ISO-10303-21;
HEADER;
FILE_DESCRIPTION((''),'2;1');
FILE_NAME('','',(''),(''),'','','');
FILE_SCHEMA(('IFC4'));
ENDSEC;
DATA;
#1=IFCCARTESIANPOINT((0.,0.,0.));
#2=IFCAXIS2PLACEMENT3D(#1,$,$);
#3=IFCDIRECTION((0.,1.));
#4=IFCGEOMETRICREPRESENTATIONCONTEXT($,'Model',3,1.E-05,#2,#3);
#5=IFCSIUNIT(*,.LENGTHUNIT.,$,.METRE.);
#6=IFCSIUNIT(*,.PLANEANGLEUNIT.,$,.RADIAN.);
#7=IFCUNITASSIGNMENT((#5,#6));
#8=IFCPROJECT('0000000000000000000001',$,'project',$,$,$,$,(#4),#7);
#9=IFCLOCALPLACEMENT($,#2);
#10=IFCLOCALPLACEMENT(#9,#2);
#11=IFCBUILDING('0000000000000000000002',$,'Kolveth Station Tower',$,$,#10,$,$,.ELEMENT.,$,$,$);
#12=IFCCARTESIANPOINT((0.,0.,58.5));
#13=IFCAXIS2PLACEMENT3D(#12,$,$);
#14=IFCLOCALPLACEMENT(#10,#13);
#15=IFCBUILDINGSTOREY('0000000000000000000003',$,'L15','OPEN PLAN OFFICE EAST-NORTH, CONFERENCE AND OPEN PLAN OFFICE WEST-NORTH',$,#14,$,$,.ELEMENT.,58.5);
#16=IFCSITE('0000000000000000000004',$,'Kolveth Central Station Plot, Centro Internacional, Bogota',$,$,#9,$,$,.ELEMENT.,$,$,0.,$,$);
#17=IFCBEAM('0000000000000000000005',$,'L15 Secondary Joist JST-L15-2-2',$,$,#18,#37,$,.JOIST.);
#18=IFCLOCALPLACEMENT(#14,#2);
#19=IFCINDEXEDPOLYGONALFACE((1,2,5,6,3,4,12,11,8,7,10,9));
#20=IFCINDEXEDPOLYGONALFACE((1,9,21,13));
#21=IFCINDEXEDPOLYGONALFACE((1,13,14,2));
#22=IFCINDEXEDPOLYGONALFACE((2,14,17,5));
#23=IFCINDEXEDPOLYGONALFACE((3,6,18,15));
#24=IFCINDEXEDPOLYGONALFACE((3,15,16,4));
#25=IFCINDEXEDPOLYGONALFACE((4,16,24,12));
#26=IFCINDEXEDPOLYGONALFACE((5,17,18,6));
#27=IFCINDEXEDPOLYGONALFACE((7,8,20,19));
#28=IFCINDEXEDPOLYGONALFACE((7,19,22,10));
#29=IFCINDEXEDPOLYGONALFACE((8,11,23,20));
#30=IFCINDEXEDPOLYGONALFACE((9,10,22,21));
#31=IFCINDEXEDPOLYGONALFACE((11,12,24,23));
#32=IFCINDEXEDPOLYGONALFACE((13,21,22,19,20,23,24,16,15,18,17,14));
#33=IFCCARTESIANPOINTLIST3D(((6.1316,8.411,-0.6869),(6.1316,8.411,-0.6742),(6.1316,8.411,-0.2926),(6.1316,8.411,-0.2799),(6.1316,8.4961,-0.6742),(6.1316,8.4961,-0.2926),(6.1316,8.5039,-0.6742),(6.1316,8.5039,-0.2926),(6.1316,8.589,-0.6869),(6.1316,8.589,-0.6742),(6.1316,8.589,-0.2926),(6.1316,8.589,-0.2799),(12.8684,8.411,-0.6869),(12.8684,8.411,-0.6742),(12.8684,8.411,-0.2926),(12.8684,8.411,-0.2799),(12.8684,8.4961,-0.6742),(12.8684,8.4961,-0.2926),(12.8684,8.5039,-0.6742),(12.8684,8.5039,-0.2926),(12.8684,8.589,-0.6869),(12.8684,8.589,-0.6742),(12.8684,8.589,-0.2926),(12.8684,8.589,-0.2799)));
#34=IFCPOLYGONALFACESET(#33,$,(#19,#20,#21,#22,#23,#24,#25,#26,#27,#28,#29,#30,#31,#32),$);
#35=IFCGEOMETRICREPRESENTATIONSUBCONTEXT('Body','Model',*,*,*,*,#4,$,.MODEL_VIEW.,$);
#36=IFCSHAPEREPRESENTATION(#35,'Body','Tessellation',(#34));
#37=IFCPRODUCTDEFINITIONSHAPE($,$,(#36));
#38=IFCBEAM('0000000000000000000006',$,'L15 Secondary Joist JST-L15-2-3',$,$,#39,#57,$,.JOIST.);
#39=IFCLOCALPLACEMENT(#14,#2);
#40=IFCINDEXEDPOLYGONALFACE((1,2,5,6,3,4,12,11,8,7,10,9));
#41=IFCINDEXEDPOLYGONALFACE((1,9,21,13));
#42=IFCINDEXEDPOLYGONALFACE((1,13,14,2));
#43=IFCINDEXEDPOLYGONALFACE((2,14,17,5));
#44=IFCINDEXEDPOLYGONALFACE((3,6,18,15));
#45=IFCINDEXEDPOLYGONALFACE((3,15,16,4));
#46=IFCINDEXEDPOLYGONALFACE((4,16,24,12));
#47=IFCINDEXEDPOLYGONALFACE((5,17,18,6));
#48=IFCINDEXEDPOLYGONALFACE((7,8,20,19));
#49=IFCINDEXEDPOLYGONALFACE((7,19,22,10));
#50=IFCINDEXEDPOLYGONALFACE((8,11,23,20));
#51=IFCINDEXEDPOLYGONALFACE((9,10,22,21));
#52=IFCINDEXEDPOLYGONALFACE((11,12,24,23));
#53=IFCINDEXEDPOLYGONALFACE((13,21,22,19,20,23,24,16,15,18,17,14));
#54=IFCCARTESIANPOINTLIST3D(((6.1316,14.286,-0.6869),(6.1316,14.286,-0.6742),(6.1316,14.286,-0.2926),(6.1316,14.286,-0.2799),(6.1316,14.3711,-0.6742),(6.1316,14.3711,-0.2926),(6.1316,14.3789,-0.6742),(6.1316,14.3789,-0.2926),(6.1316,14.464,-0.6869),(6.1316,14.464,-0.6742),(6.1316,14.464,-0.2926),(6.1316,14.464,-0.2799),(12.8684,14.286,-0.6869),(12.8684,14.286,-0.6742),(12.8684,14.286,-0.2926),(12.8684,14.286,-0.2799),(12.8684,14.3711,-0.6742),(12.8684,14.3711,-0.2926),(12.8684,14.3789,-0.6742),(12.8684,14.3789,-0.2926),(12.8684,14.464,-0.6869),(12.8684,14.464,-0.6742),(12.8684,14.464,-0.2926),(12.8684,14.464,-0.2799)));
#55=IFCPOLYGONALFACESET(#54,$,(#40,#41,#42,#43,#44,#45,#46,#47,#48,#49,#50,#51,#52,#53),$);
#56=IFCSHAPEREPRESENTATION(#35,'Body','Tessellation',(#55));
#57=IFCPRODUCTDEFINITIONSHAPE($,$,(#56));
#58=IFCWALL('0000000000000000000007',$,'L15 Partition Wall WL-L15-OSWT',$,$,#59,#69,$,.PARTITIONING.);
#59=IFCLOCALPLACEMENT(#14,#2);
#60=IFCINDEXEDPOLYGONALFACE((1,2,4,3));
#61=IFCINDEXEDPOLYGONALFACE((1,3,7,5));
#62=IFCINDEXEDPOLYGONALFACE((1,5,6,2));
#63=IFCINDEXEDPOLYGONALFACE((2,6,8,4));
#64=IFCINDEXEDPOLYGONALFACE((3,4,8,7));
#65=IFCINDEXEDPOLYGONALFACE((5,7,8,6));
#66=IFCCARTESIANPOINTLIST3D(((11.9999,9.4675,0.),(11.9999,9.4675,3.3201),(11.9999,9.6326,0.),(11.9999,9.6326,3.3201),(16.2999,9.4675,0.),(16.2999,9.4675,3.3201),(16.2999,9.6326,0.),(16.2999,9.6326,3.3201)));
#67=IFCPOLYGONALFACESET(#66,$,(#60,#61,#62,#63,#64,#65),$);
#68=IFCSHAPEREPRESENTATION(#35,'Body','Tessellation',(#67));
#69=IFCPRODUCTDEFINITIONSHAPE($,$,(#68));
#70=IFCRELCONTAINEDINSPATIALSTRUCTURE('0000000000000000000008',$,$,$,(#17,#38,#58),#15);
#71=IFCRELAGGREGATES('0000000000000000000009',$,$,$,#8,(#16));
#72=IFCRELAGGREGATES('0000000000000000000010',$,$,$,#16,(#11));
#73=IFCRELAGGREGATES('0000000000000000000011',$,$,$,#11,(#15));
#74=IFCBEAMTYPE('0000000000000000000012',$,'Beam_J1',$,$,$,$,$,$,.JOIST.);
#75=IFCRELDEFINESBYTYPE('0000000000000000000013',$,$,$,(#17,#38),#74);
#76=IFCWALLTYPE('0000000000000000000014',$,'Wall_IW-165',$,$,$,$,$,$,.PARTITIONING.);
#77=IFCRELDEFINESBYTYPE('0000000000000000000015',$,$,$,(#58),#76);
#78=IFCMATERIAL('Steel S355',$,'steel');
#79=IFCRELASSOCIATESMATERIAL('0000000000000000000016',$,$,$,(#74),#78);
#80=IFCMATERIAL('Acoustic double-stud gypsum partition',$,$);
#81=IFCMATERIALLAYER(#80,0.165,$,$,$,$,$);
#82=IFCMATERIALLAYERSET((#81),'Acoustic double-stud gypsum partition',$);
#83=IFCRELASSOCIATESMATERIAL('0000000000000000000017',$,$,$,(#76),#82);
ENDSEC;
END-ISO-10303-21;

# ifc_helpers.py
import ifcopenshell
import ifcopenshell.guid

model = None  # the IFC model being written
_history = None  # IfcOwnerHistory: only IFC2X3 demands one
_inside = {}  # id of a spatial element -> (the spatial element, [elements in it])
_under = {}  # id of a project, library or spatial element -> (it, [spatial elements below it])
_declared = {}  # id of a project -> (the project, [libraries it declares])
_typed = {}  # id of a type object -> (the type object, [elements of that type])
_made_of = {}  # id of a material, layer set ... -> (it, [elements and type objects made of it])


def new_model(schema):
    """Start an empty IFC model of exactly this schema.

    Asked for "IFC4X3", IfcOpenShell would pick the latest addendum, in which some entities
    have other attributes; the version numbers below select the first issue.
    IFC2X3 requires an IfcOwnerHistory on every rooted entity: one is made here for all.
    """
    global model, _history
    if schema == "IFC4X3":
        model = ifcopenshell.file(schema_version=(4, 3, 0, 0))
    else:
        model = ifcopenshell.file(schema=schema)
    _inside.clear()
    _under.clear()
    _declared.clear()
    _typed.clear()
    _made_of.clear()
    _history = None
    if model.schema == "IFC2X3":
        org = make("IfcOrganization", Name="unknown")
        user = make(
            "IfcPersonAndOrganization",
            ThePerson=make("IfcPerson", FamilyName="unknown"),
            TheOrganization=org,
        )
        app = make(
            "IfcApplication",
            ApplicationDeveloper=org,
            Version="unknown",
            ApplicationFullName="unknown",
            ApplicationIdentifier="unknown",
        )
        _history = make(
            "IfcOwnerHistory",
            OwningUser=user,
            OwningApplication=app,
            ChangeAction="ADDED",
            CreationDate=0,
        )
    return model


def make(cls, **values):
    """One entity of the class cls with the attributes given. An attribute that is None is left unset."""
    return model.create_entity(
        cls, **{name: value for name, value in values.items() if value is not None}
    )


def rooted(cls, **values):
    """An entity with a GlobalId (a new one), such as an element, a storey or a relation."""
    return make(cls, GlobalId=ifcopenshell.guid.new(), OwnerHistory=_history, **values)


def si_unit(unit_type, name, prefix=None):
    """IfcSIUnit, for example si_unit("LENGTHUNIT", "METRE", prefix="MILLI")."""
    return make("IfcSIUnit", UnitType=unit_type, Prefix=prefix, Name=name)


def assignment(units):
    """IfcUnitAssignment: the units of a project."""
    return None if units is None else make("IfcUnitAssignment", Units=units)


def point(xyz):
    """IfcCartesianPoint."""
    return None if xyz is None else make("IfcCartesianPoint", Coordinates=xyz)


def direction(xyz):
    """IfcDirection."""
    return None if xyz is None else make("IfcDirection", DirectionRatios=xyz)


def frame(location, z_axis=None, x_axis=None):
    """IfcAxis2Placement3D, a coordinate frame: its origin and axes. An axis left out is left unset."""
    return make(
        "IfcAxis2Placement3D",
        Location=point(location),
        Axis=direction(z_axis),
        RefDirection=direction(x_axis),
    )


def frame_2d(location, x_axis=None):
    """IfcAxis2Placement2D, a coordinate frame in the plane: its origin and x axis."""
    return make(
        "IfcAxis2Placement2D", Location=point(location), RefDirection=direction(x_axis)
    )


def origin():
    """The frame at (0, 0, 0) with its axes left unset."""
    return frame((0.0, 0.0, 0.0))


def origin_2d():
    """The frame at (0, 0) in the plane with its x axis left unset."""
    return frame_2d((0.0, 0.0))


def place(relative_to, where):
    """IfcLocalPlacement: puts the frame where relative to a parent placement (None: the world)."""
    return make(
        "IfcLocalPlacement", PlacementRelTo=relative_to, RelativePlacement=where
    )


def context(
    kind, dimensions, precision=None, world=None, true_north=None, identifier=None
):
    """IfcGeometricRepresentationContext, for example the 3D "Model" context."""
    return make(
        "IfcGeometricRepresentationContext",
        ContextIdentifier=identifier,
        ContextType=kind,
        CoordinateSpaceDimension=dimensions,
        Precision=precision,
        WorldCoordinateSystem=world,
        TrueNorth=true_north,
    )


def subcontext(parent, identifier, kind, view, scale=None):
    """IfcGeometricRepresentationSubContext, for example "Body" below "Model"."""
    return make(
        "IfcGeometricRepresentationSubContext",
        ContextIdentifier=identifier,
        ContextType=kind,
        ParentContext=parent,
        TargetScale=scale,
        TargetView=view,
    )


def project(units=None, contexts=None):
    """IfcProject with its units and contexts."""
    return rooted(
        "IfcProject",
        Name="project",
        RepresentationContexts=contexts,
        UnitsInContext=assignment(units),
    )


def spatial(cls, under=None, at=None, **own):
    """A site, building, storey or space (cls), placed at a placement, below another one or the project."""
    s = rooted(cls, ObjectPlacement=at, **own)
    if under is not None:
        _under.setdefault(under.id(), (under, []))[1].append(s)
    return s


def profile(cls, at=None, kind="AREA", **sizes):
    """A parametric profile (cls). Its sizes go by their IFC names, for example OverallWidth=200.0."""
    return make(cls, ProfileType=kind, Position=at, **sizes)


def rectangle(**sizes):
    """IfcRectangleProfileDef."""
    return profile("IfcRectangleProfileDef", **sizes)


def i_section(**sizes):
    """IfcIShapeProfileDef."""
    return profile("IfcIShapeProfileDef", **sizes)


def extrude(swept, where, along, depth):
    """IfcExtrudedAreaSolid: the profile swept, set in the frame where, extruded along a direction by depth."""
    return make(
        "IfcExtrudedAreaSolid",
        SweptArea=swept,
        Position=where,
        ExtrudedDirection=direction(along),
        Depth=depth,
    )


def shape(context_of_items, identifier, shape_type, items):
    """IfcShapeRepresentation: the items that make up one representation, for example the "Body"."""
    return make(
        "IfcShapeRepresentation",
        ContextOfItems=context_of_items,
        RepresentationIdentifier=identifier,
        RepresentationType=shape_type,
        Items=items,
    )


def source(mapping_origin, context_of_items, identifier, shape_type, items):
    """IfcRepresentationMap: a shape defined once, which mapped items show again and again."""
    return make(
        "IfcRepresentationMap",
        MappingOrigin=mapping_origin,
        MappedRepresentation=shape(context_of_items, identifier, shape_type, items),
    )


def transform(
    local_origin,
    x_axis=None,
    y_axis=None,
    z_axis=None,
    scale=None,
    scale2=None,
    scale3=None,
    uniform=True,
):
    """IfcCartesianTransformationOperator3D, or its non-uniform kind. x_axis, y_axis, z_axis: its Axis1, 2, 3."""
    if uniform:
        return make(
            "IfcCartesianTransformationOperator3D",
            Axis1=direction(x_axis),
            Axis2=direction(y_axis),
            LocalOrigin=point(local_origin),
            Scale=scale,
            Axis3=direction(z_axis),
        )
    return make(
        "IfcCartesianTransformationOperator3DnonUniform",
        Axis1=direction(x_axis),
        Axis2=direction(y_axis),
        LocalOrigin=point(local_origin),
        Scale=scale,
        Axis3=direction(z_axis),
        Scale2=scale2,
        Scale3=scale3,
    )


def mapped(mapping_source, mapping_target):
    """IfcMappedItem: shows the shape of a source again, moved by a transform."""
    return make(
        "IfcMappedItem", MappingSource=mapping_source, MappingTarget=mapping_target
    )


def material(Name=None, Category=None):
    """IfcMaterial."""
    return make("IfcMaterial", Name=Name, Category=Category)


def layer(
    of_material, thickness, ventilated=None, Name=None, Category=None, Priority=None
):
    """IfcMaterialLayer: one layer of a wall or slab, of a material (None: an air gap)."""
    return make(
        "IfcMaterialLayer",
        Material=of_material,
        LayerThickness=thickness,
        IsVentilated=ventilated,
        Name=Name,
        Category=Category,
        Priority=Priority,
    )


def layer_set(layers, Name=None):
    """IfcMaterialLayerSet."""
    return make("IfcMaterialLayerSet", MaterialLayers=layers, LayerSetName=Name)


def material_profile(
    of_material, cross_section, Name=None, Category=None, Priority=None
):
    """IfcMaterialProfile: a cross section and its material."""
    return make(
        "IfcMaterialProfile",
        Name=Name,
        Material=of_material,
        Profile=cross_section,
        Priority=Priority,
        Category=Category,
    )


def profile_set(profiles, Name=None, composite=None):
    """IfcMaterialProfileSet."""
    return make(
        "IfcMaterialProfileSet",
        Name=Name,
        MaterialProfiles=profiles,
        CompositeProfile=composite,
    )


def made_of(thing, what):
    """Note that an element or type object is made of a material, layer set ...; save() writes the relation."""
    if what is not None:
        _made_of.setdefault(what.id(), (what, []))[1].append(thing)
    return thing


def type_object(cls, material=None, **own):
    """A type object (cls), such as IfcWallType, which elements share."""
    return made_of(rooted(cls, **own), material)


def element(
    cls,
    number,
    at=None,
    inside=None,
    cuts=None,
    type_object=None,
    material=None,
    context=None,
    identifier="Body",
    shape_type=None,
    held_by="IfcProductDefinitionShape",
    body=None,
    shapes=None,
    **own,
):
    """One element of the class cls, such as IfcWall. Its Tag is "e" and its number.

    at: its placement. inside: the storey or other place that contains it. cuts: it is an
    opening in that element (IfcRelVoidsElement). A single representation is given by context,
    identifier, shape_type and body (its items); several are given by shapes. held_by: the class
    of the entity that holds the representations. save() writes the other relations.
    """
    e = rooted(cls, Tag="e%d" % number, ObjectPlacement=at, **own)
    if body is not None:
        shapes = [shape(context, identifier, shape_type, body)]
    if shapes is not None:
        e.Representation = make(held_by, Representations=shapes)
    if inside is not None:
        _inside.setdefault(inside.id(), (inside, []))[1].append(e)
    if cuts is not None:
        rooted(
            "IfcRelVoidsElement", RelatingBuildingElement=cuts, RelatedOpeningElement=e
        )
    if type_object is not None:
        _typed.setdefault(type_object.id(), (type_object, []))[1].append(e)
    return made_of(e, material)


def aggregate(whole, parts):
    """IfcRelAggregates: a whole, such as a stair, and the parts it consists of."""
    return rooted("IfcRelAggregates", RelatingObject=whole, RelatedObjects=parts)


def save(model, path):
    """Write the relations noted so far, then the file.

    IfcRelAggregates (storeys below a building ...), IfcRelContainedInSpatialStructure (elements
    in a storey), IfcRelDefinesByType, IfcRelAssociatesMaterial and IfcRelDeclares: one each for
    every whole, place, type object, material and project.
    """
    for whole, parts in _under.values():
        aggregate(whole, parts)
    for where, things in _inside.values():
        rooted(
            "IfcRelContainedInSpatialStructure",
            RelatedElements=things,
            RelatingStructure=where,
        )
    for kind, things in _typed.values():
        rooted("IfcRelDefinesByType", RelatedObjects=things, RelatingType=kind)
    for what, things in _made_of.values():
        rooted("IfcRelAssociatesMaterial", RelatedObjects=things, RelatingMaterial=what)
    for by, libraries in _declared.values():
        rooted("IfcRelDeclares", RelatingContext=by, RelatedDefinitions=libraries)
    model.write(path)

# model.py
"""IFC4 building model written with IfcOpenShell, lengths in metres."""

from ifc_helpers import new_model, si_unit, direction, frame, frame_2d, origin, origin_2d, place, context, subcontext, project, spatial, rectangle, i_section, extrude, source, transform, mapped, material, layer, layer_set, material_profile, profile_set, type_object, element, save


model = new_model("IFC4")

# Units and contexts
model_context = context("Model", 3, precision=1e-05, world=origin(), true_north=direction((0.0, 1.0)))
body_context = subcontext(model_context, "Body", "Model", "MODEL_VIEW")
ifc_project = project(units=[si_unit("LENGTHUNIT", "METRE"), si_unit("PLANEANGLEUNIT", "RADIAN")], contexts=[model_context])

# Site, building, storey
site_placement = place(None, origin())
site = spatial("IfcSite", under=ifc_project, at=site_placement, Name="Kolveth Central Station Plot, Centro Internacional, Bogota", CompositionType="ELEMENT", RefElevation=0.0)
building_placement = place(site_placement, origin())
building = spatial("IfcBuilding", under=site, at=building_placement, Name="Kolveth Station Tower", CompositionType="ELEMENT")
storey_placement = place(building_placement, frame((0.0, 0.0, 58.5)))
storey = spatial("IfcBuildingStorey", under=building, at=storey_placement, Name="L15", Description="OPEN PLAN OFFICE EAST-NORTH, CONFERENCE AND OPEN PLAN OFFICE WEST-NORTH", CompositionType="ELEMENT", Elevation=58.5)

# Beams
ifc_material_1 = material(Name="Steel S355", Category="steel")
ifc_material_profile_1 = material_profile(ifc_material_1, i_section(OverallWidth=0.178, OverallDepth=0.407, WebThickness=0.0078, FlangeThickness=0.0127, at=origin_2d()), Name="W410x60")
ifc_profile_set_1 = profile_set([ifc_material_profile_1], Name="Steel S355")
beam_type_1 = type_object("IfcBeamType", Name="Beam_J1", PredefinedType="JOIST", material=ifc_profile_set_1)
shared_shape_1 = source(origin(), body_context, "Body", "SweptSolid", [
    extrude(i_section(OverallWidth=0.178, OverallDepth=0.407, WebThickness=0.0078, FlangeThickness=0.0127, at=origin_2d()), origin(), (0.0, 0.0, 1.0), 6.7368),
])
for number, where, z_axis, x_axis, name in (
    (1, (6.1316, 8.5, -0.4834), (1.0, 0.0, 0.0), (0.0, 1.0, 0.0), "L15 Secondary Joist JST-L15-2-2"),
    (2, (6.1316, 14.375, -0.4834), (1.0, 0.0, 0.0), (0.0, 1.0, 0.0), "L15 Secondary Joist JST-L15-2-3"),
):
    element("IfcBeam", number, at=place(storey_placement, frame(where, z_axis=z_axis, x_axis=x_axis)), inside=storey, type_object=beam_type_1, Name=name, PredefinedType="JOIST", context=body_context, shape_type="MappedRepresentation", body=[
        mapped(shared_shape_1, transform((0.0, 0.0, 0.0), x_axis=(1.0, 0.0, 0.0), y_axis=(0.0, 1.0, 0.0), z_axis=(0.0, 0.0, 1.0), scale=1.0)),
    ])

# Wall
ifc_material_2 = material(Name="Acoustic double-stud gypsum partition")
ifc_layer = layer(ifc_material_2, 0.165)
ifc_layer_set = layer_set([ifc_layer], Name="Acoustic double-stud gypsum partition")
wall_type = type_object("IfcWallType", Name="Wall_IW-165", PredefinedType="PARTITIONING", material=ifc_layer_set)
wall_placement = place(storey_placement, frame((12.0, 9.55, 0.0), z_axis=(0.0, 0.0, 1.0), x_axis=(1.0, 0.0, 0.0)))
element("IfcWall", 3, at=wall_placement, inside=storey, type_object=wall_type, Name="L15 Partition Wall WL-L15-OSWT", PredefinedType="PARTITIONING", context=body_context, shape_type="SweptSolid", body=[
    extrude(rectangle(XDim=4.3, YDim=0.165, at=frame_2d((2.1499, 0.0))), origin(), (0.0, 0.0, 1.0), 3.3201),
])

save(model, "model.ifc")
